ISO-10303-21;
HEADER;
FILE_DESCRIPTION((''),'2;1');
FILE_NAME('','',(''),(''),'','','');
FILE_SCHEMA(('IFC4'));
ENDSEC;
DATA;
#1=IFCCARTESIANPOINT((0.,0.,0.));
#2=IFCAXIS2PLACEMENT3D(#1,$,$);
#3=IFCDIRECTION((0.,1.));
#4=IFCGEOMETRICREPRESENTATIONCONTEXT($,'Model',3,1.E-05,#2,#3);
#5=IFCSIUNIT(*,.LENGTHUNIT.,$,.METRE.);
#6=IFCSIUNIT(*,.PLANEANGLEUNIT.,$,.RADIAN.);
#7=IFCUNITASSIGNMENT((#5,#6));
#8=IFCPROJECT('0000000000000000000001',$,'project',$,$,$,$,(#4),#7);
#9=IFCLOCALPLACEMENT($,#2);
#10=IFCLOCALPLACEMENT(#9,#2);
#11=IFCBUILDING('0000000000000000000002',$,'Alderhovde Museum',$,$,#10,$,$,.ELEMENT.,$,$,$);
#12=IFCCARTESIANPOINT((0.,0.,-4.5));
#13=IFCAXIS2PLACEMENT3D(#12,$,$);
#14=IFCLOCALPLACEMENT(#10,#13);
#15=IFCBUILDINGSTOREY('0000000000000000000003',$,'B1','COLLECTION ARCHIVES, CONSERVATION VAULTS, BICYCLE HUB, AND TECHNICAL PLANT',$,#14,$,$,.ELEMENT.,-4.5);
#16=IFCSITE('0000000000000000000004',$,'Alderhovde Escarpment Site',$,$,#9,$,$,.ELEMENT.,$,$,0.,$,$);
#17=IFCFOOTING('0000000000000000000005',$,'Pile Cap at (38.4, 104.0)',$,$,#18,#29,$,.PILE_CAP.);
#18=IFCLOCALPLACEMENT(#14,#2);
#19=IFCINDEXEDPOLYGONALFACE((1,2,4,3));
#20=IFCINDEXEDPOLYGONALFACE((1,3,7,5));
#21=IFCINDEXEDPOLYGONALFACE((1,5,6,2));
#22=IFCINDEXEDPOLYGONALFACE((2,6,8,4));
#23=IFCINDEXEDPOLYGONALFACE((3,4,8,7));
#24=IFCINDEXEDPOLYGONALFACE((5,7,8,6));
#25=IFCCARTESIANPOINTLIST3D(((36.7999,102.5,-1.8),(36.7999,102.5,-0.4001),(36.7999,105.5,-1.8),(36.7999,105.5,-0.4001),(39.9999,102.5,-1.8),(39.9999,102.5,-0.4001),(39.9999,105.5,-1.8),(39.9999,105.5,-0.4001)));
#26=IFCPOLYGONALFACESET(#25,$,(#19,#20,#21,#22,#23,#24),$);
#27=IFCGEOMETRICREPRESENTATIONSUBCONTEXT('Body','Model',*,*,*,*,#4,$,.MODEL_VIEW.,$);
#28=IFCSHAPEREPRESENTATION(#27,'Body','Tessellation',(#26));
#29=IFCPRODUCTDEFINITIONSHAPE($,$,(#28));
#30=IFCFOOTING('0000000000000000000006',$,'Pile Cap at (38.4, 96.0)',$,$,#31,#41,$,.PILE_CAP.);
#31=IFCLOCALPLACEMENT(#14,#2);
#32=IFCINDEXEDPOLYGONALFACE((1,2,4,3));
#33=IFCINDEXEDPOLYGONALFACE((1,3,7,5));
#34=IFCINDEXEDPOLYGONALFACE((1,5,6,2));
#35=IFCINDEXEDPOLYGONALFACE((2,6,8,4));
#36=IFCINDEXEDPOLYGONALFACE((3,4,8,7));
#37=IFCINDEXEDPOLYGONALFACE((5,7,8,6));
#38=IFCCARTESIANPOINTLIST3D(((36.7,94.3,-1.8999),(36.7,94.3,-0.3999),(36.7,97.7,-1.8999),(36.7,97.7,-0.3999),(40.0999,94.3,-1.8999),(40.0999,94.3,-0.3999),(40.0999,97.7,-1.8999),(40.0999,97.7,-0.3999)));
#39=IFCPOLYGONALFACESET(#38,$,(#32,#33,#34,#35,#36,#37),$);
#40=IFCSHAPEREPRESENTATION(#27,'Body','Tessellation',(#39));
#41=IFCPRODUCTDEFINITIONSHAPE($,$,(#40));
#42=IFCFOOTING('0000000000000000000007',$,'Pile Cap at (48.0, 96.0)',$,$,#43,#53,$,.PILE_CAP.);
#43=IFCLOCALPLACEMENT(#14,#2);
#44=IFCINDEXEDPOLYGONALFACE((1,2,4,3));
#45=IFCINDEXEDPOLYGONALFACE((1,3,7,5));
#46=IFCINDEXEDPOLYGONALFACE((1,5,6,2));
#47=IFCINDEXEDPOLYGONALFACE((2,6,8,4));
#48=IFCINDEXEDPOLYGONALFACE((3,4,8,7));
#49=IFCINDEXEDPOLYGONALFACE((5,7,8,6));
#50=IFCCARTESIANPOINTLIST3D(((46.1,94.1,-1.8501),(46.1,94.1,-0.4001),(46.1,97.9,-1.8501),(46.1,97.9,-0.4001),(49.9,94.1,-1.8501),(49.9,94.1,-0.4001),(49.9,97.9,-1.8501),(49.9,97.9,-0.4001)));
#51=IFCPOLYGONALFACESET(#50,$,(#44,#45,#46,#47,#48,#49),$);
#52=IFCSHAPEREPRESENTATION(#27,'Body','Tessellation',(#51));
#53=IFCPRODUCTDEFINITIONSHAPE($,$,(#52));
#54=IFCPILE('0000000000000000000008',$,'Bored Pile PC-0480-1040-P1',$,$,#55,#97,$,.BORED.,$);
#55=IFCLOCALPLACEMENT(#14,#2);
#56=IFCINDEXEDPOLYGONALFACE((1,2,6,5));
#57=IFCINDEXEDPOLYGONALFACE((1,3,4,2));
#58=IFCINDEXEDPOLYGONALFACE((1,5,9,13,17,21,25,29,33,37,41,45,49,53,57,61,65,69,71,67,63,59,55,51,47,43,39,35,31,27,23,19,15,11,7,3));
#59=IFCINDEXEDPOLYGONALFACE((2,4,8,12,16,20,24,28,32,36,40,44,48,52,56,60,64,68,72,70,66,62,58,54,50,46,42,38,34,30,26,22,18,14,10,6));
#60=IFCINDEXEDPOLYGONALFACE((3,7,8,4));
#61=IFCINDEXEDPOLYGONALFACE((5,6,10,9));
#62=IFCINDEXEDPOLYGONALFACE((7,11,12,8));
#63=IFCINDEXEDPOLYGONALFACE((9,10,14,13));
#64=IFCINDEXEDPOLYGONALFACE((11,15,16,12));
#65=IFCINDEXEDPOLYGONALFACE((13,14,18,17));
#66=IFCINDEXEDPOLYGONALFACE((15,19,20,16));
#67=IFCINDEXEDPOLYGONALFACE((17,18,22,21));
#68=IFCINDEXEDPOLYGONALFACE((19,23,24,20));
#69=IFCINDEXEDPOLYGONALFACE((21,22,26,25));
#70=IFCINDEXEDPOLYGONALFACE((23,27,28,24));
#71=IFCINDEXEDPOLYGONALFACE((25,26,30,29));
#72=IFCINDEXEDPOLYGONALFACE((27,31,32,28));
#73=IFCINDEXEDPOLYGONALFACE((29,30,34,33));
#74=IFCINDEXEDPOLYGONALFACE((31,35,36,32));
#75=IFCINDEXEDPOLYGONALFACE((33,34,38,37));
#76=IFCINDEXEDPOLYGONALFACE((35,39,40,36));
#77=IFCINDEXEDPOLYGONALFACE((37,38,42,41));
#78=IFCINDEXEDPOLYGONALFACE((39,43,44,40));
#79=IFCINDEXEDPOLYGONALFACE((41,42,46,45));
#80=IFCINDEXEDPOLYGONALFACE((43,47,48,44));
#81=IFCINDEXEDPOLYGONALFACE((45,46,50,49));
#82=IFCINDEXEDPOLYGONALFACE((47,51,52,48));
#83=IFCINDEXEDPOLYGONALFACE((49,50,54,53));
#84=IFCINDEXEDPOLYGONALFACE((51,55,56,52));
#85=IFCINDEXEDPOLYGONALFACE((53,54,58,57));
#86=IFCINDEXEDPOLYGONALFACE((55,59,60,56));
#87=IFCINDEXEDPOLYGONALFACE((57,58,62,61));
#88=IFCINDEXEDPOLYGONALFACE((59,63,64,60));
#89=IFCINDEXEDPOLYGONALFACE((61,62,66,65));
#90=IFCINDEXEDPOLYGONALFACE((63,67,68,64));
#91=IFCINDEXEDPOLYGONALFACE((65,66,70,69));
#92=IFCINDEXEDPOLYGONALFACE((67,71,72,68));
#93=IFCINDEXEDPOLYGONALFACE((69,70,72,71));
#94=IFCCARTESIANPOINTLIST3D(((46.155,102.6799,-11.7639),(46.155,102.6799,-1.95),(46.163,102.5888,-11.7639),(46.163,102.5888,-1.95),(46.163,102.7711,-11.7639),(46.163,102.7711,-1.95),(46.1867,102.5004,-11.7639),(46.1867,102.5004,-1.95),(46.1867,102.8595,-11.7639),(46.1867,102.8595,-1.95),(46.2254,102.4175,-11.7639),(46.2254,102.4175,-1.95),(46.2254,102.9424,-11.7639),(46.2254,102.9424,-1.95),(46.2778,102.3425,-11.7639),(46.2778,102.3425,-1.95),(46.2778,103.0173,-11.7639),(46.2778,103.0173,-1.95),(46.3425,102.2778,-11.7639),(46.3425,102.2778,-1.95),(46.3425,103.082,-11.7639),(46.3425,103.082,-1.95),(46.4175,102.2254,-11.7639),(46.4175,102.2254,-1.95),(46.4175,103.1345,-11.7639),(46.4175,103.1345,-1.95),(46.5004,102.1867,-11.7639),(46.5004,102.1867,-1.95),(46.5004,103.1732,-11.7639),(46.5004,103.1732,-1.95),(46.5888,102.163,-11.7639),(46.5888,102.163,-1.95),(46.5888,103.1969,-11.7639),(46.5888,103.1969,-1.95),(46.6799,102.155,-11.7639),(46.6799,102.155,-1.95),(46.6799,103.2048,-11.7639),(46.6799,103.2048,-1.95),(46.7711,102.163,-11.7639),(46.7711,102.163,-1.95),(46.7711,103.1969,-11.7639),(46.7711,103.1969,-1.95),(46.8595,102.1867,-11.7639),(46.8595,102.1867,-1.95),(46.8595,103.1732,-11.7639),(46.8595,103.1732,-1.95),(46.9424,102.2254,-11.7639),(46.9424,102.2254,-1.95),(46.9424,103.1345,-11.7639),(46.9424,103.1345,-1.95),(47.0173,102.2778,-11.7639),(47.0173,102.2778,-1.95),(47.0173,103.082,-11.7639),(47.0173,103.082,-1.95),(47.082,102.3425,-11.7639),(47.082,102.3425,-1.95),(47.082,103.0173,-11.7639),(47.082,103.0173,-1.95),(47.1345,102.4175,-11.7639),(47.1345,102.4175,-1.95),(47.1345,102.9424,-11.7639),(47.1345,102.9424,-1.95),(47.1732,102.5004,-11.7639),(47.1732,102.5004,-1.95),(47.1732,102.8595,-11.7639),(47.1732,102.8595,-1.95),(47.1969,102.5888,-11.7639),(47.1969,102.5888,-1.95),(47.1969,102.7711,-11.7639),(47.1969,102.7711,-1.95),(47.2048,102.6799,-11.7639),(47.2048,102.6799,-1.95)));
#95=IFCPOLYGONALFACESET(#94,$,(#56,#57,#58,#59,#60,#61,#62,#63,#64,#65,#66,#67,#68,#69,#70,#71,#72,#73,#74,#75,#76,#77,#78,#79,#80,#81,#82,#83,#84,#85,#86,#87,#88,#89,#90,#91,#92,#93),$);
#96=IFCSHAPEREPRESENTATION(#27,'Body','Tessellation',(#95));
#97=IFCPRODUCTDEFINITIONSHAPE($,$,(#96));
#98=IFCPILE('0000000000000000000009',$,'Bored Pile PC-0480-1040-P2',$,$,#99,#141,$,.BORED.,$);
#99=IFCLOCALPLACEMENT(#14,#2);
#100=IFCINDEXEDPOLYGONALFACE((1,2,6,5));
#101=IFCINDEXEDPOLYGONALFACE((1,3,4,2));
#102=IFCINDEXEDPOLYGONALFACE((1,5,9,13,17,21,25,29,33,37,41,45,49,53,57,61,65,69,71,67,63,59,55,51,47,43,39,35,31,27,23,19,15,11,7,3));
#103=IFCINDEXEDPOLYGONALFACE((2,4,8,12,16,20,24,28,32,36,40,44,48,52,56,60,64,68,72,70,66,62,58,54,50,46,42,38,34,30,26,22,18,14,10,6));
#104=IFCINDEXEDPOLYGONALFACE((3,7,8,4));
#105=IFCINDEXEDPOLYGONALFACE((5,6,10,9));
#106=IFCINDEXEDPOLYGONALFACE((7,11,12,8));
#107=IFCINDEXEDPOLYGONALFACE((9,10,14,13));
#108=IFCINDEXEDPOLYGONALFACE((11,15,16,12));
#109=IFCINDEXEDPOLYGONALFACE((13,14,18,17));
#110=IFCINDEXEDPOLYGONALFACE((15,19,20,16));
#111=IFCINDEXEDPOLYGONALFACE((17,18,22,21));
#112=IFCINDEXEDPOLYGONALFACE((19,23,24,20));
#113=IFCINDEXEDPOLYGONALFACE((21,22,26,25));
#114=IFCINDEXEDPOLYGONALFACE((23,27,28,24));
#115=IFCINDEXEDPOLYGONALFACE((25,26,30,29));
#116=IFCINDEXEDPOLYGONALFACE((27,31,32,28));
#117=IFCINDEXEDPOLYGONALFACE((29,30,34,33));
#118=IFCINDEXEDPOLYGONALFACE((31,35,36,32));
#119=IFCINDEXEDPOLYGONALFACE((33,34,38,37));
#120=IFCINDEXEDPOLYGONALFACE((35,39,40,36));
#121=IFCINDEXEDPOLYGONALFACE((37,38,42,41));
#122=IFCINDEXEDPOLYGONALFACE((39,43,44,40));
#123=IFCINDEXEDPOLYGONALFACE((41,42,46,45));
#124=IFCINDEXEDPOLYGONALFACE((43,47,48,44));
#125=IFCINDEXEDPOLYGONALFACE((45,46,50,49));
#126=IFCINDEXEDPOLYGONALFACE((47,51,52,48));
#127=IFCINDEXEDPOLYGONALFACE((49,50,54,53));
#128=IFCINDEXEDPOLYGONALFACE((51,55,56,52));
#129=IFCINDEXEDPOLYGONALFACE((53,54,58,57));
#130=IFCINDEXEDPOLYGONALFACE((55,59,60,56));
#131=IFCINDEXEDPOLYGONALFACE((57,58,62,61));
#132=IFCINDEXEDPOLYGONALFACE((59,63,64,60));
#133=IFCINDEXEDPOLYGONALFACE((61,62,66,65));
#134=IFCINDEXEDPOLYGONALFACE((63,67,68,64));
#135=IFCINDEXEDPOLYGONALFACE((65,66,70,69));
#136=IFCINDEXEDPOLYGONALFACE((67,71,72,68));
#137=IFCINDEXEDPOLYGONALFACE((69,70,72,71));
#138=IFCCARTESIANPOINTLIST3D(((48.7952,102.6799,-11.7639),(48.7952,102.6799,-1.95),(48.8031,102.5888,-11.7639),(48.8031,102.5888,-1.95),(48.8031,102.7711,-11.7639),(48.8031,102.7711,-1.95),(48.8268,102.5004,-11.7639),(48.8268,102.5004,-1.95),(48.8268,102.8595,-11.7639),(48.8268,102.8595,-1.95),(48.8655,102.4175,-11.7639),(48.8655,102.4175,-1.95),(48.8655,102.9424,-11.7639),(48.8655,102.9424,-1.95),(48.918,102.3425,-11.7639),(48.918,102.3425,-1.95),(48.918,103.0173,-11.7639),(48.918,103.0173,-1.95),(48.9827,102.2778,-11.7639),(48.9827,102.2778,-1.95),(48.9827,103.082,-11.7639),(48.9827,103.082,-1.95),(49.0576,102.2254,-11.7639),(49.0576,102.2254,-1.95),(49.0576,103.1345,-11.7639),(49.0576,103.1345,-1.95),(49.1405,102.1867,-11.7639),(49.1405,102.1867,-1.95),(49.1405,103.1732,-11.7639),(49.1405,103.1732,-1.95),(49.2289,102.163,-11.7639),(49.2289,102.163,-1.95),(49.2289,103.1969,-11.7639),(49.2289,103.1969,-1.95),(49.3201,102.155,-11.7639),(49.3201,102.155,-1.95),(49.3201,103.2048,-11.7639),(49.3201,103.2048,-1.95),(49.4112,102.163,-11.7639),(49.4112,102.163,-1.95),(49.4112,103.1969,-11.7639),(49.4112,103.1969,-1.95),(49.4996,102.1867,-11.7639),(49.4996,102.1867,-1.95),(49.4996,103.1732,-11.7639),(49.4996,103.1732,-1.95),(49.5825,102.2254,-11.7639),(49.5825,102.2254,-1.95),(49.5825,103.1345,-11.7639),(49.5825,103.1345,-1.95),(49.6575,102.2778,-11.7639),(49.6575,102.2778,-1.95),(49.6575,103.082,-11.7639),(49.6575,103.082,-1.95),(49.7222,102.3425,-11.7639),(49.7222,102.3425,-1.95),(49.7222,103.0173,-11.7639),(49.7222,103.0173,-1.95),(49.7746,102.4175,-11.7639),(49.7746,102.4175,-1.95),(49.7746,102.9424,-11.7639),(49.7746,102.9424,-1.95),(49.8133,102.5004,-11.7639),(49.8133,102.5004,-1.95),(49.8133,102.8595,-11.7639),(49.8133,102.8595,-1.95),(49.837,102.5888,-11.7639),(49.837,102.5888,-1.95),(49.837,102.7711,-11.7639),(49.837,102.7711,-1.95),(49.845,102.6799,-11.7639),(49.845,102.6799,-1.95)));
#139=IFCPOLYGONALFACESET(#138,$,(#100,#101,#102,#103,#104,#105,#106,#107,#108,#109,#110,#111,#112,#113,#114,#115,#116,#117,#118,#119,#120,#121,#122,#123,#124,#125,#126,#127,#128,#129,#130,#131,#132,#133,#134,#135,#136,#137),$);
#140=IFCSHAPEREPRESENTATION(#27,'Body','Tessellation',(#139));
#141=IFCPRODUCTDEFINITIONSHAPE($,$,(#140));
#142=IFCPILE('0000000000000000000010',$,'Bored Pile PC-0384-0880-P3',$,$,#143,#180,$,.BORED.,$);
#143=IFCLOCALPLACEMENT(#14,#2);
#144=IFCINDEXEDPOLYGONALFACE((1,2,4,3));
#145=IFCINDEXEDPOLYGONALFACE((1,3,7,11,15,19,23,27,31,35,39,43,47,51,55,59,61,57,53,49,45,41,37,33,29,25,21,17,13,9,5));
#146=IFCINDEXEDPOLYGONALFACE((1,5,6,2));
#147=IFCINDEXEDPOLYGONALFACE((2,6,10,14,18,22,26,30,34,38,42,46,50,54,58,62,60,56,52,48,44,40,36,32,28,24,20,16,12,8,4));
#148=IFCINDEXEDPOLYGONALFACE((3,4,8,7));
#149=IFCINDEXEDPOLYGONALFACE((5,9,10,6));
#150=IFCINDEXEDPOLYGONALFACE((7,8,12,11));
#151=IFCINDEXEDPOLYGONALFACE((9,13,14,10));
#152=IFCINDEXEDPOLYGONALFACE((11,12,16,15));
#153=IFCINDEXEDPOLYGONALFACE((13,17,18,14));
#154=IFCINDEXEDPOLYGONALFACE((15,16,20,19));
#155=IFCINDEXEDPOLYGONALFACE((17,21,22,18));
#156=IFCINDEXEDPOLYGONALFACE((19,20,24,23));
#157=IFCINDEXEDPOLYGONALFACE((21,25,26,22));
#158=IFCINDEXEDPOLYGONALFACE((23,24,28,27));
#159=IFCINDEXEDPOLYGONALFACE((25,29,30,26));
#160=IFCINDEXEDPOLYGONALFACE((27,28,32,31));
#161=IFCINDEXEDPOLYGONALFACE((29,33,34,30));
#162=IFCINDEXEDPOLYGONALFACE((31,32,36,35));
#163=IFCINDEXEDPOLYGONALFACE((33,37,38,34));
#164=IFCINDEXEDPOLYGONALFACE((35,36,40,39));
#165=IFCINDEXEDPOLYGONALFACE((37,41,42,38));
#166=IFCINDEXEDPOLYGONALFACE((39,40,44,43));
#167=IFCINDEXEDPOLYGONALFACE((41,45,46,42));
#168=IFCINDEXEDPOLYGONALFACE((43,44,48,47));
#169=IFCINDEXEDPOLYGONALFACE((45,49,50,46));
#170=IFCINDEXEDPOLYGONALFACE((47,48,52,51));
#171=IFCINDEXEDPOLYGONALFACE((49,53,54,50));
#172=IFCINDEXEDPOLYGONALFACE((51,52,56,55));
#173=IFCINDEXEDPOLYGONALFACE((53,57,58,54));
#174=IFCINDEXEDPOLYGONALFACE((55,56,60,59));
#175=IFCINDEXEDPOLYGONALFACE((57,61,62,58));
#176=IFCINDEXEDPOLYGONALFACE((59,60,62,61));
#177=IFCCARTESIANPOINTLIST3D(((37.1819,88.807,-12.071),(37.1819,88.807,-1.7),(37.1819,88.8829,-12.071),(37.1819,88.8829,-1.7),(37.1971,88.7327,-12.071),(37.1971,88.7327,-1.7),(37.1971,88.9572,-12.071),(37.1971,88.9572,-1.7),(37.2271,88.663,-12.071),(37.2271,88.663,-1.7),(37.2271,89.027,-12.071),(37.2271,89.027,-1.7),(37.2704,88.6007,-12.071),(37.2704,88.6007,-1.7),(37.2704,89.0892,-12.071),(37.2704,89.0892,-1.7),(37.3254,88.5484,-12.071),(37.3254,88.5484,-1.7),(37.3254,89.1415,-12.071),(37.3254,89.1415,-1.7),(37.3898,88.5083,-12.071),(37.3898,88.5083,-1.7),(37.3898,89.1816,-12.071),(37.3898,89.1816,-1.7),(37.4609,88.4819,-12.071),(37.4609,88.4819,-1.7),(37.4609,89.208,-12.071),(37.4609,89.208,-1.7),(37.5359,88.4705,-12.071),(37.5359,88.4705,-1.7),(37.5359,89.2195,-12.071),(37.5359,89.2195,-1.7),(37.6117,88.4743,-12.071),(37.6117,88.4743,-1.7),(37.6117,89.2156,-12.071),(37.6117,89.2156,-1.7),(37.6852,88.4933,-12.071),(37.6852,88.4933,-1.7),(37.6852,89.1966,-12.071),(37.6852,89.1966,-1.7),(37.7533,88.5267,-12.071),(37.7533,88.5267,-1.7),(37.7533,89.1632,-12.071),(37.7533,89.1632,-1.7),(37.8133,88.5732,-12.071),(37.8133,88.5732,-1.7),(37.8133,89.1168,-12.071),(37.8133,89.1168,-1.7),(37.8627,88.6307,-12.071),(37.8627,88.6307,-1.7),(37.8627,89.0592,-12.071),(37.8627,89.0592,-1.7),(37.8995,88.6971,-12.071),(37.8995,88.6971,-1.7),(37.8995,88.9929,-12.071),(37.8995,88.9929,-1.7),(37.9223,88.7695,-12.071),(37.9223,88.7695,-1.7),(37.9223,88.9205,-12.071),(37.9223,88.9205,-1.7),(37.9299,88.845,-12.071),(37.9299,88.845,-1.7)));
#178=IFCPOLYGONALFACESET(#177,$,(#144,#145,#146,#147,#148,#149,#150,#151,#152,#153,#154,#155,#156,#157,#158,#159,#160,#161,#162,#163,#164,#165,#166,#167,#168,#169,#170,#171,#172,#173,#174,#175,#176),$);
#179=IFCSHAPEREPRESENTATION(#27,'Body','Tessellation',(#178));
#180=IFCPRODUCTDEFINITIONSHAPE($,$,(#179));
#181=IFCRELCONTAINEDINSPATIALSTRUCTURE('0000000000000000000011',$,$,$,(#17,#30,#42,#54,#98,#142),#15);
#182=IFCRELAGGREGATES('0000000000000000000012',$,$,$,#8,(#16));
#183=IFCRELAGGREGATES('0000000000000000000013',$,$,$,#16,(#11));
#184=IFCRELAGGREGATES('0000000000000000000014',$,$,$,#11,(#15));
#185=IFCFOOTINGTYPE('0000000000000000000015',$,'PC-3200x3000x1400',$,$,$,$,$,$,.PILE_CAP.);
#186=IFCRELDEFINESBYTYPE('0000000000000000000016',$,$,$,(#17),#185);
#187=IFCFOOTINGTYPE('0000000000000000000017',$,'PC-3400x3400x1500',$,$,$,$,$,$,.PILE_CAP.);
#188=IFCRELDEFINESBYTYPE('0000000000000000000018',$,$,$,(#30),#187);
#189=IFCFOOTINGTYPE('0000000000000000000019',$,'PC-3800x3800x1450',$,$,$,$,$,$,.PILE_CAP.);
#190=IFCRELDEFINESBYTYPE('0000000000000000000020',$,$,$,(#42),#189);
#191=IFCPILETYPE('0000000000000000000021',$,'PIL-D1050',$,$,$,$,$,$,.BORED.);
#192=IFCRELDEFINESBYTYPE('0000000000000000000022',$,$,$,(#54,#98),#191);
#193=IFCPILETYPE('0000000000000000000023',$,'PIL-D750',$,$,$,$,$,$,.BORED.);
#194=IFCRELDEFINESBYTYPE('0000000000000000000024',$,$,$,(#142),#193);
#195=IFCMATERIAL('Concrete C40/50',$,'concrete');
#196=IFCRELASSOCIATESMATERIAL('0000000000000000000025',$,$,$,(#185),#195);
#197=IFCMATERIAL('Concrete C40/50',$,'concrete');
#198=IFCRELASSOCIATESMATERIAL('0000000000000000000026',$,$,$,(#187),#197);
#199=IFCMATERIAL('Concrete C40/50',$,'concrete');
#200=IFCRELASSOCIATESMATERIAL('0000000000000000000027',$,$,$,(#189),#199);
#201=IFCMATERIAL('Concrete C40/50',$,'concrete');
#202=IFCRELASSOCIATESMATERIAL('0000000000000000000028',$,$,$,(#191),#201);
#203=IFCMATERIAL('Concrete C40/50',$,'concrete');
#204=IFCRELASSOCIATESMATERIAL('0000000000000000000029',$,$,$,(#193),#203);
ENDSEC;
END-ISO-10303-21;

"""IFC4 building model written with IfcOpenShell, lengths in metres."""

from ifc_helpers import new_model, si_unit, direction, frame, origin, origin_2d, place, context, subcontext, project, spatial, rectangle, circle, extrude, material, material_profile, profile_set, type_object, element, save


model = new_model("IFC4")

# Units and contexts
model_context = context("Model", 3, precision=1e-05, world=origin(), true_north=direction((0.0, 1.0)))
body_context = subcontext(model_context, "Body", "Model", "MODEL_VIEW")
ifc_project = project(units=[si_unit("LENGTHUNIT", "METRE"), si_unit("PLANEANGLEUNIT", "RADIAN")], contexts=[model_context])

# Site, building, storey
site_placement = place(None, origin())
site = spatial("IfcSite", under=ifc_project, at=site_placement, Name="Alderhovde Escarpment Site", CompositionType="ELEMENT", RefElevation=0.0)
building_placement = place(site_placement, origin())
building = spatial("IfcBuilding", under=site, at=building_placement, Name="Alderhovde Museum", CompositionType="ELEMENT")
storey_placement = place(building_placement, frame((0.0, 0.0, -4.5)))
storey = spatial("IfcBuildingStorey", under=building, at=storey_placement, Name="B1", Description="COLLECTION ARCHIVES, CONSERVATION VAULTS, BICYCLE HUB, AND TECHNICAL PLANT", CompositionType="ELEMENT", Elevation=-4.5)

# Footings
ifc_material_1 = material(Name="Concrete C40/50", Category="concrete")
footing_type_1 = type_object("IfcFootingType", Name="PC-3200x3000x1400", PredefinedType="PILE_CAP", material=ifc_material_1)
footing_1_placement = place(storey_placement, frame((38.3999, 104.0, -1.8), z_axis=(0.0, 0.0, 1.0), x_axis=(1.0, 0.0, 0.0)))
element("IfcFooting", 1, at=footing_1_placement, inside=storey, type_object=footing_type_1, Name="Pile Cap at (38.4, 104.0)", PredefinedType="PILE_CAP", context=body_context, shape_type="SweptSolid", body=[
    extrude(rectangle(XDim=3.2, YDim=3.0, at=origin_2d()), origin(), (0.0, 0.0, 1.0), 1.3999),
])
ifc_material_2 = material(Name="Concrete C40/50", Category="concrete")
footing_type_2 = type_object("IfcFootingType", Name="PC-3400x3400x1500", PredefinedType="PILE_CAP", material=ifc_material_2)
footing_2_placement = place(storey_placement, frame((38.3999, 96.0, -1.8999), z_axis=(0.0, 0.0, 1.0), x_axis=(1.0, 0.0, 0.0)))
element("IfcFooting", 2, at=footing_2_placement, inside=storey, type_object=footing_type_2, Name="Pile Cap at (38.4, 96.0)", PredefinedType="PILE_CAP", context=body_context, shape_type="SweptSolid", body=[
    extrude(rectangle(XDim=3.3999, YDim=3.3999, at=origin_2d()), origin(), (0.0, 0.0, 1.0), 1.5),
])
ifc_material_3 = material(Name="Concrete C40/50", Category="concrete")
footing_type_3 = type_object("IfcFootingType", Name="PC-3800x3800x1450", PredefinedType="PILE_CAP", material=ifc_material_3)
footing_3_placement = place(storey_placement, frame((48.0, 96.0, -1.8501), z_axis=(0.0, 0.0, 1.0), x_axis=(1.0, 0.0, 0.0)))
element("IfcFooting", 3, at=footing_3_placement, inside=storey, type_object=footing_type_3, Name="Pile Cap at (48.0, 96.0)", PredefinedType="PILE_CAP", context=body_context, shape_type="SweptSolid", body=[
    extrude(rectangle(XDim=3.8, YDim=3.8, at=origin_2d()), origin(), (0.0, 0.0, 1.0), 1.45),
])

# Piles
ifc_material_4 = material(Name="Concrete C40/50", Category="concrete")
ifc_material_profile_1 = material_profile(ifc_material_4, circle(Radius=0.5249, at=origin_2d()), Name="PILE-D1050")
ifc_profile_set_1 = profile_set([ifc_material_profile_1], Name="Concrete C40/50")
pile_type_1 = type_object("IfcPileType", Name="PIL-D1050", PredefinedType="BORED", material=ifc_profile_set_1)
for number, where, z_axis, x_axis, name in (
    (4, (46.6799, 102.6799, -1.95), (0.0, 0.0, -1.0), (1.0, 0.0, 0.0), "Bored Pile PC-0480-1040-P1"),
    (5, (49.3201, 102.6799, -1.95), (0.0, 0.0, -1.0), (1.0, 0.0, 0.0), "Bored Pile PC-0480-1040-P2"),
):
    element("IfcPile", number, at=place(storey_placement, frame(where, z_axis=z_axis, x_axis=x_axis)), inside=storey, type_object=pile_type_1, Name=name, PredefinedType="BORED", context=body_context, shape_type="SweptSolid", body=[
        extrude(circle(Radius=0.5249, at=origin_2d()), origin(), (0.0, 0.0, 1.0), 9.814),
    ])
ifc_material_5 = material(Name="Concrete C40/50", Category="concrete")
ifc_material_profile_2 = material_profile(ifc_material_5, circle(Radius=0.375, at=origin_2d()), Name="PILE-D750")
ifc_profile_set_2 = profile_set([ifc_material_profile_2], Name="Concrete C40/50")
pile_type_2 = type_object("IfcPileType", Name="PIL-D750", PredefinedType="BORED", material=ifc_profile_set_2)
for number, where, z_axis, x_axis, name in (
    (6, (37.5549, 88.845, -1.7), (0.0, 0.0, -1.0), (1.0, 0.0, 0.0), "Bored Pile PC-0384-0880-P3"),
):
    element("IfcPile", number, at=place(storey_placement, frame(where, z_axis=z_axis, x_axis=x_axis)), inside=storey, type_object=pile_type_2, Name=name, PredefinedType="BORED", context=body_context, shape_type="SweptSolid", body=[
        extrude(circle(Radius=0.375, at=origin_2d()), origin(), (0.0, 0.0, 1.0), 10.3711),
    ])

save(model, "model.ifc")
